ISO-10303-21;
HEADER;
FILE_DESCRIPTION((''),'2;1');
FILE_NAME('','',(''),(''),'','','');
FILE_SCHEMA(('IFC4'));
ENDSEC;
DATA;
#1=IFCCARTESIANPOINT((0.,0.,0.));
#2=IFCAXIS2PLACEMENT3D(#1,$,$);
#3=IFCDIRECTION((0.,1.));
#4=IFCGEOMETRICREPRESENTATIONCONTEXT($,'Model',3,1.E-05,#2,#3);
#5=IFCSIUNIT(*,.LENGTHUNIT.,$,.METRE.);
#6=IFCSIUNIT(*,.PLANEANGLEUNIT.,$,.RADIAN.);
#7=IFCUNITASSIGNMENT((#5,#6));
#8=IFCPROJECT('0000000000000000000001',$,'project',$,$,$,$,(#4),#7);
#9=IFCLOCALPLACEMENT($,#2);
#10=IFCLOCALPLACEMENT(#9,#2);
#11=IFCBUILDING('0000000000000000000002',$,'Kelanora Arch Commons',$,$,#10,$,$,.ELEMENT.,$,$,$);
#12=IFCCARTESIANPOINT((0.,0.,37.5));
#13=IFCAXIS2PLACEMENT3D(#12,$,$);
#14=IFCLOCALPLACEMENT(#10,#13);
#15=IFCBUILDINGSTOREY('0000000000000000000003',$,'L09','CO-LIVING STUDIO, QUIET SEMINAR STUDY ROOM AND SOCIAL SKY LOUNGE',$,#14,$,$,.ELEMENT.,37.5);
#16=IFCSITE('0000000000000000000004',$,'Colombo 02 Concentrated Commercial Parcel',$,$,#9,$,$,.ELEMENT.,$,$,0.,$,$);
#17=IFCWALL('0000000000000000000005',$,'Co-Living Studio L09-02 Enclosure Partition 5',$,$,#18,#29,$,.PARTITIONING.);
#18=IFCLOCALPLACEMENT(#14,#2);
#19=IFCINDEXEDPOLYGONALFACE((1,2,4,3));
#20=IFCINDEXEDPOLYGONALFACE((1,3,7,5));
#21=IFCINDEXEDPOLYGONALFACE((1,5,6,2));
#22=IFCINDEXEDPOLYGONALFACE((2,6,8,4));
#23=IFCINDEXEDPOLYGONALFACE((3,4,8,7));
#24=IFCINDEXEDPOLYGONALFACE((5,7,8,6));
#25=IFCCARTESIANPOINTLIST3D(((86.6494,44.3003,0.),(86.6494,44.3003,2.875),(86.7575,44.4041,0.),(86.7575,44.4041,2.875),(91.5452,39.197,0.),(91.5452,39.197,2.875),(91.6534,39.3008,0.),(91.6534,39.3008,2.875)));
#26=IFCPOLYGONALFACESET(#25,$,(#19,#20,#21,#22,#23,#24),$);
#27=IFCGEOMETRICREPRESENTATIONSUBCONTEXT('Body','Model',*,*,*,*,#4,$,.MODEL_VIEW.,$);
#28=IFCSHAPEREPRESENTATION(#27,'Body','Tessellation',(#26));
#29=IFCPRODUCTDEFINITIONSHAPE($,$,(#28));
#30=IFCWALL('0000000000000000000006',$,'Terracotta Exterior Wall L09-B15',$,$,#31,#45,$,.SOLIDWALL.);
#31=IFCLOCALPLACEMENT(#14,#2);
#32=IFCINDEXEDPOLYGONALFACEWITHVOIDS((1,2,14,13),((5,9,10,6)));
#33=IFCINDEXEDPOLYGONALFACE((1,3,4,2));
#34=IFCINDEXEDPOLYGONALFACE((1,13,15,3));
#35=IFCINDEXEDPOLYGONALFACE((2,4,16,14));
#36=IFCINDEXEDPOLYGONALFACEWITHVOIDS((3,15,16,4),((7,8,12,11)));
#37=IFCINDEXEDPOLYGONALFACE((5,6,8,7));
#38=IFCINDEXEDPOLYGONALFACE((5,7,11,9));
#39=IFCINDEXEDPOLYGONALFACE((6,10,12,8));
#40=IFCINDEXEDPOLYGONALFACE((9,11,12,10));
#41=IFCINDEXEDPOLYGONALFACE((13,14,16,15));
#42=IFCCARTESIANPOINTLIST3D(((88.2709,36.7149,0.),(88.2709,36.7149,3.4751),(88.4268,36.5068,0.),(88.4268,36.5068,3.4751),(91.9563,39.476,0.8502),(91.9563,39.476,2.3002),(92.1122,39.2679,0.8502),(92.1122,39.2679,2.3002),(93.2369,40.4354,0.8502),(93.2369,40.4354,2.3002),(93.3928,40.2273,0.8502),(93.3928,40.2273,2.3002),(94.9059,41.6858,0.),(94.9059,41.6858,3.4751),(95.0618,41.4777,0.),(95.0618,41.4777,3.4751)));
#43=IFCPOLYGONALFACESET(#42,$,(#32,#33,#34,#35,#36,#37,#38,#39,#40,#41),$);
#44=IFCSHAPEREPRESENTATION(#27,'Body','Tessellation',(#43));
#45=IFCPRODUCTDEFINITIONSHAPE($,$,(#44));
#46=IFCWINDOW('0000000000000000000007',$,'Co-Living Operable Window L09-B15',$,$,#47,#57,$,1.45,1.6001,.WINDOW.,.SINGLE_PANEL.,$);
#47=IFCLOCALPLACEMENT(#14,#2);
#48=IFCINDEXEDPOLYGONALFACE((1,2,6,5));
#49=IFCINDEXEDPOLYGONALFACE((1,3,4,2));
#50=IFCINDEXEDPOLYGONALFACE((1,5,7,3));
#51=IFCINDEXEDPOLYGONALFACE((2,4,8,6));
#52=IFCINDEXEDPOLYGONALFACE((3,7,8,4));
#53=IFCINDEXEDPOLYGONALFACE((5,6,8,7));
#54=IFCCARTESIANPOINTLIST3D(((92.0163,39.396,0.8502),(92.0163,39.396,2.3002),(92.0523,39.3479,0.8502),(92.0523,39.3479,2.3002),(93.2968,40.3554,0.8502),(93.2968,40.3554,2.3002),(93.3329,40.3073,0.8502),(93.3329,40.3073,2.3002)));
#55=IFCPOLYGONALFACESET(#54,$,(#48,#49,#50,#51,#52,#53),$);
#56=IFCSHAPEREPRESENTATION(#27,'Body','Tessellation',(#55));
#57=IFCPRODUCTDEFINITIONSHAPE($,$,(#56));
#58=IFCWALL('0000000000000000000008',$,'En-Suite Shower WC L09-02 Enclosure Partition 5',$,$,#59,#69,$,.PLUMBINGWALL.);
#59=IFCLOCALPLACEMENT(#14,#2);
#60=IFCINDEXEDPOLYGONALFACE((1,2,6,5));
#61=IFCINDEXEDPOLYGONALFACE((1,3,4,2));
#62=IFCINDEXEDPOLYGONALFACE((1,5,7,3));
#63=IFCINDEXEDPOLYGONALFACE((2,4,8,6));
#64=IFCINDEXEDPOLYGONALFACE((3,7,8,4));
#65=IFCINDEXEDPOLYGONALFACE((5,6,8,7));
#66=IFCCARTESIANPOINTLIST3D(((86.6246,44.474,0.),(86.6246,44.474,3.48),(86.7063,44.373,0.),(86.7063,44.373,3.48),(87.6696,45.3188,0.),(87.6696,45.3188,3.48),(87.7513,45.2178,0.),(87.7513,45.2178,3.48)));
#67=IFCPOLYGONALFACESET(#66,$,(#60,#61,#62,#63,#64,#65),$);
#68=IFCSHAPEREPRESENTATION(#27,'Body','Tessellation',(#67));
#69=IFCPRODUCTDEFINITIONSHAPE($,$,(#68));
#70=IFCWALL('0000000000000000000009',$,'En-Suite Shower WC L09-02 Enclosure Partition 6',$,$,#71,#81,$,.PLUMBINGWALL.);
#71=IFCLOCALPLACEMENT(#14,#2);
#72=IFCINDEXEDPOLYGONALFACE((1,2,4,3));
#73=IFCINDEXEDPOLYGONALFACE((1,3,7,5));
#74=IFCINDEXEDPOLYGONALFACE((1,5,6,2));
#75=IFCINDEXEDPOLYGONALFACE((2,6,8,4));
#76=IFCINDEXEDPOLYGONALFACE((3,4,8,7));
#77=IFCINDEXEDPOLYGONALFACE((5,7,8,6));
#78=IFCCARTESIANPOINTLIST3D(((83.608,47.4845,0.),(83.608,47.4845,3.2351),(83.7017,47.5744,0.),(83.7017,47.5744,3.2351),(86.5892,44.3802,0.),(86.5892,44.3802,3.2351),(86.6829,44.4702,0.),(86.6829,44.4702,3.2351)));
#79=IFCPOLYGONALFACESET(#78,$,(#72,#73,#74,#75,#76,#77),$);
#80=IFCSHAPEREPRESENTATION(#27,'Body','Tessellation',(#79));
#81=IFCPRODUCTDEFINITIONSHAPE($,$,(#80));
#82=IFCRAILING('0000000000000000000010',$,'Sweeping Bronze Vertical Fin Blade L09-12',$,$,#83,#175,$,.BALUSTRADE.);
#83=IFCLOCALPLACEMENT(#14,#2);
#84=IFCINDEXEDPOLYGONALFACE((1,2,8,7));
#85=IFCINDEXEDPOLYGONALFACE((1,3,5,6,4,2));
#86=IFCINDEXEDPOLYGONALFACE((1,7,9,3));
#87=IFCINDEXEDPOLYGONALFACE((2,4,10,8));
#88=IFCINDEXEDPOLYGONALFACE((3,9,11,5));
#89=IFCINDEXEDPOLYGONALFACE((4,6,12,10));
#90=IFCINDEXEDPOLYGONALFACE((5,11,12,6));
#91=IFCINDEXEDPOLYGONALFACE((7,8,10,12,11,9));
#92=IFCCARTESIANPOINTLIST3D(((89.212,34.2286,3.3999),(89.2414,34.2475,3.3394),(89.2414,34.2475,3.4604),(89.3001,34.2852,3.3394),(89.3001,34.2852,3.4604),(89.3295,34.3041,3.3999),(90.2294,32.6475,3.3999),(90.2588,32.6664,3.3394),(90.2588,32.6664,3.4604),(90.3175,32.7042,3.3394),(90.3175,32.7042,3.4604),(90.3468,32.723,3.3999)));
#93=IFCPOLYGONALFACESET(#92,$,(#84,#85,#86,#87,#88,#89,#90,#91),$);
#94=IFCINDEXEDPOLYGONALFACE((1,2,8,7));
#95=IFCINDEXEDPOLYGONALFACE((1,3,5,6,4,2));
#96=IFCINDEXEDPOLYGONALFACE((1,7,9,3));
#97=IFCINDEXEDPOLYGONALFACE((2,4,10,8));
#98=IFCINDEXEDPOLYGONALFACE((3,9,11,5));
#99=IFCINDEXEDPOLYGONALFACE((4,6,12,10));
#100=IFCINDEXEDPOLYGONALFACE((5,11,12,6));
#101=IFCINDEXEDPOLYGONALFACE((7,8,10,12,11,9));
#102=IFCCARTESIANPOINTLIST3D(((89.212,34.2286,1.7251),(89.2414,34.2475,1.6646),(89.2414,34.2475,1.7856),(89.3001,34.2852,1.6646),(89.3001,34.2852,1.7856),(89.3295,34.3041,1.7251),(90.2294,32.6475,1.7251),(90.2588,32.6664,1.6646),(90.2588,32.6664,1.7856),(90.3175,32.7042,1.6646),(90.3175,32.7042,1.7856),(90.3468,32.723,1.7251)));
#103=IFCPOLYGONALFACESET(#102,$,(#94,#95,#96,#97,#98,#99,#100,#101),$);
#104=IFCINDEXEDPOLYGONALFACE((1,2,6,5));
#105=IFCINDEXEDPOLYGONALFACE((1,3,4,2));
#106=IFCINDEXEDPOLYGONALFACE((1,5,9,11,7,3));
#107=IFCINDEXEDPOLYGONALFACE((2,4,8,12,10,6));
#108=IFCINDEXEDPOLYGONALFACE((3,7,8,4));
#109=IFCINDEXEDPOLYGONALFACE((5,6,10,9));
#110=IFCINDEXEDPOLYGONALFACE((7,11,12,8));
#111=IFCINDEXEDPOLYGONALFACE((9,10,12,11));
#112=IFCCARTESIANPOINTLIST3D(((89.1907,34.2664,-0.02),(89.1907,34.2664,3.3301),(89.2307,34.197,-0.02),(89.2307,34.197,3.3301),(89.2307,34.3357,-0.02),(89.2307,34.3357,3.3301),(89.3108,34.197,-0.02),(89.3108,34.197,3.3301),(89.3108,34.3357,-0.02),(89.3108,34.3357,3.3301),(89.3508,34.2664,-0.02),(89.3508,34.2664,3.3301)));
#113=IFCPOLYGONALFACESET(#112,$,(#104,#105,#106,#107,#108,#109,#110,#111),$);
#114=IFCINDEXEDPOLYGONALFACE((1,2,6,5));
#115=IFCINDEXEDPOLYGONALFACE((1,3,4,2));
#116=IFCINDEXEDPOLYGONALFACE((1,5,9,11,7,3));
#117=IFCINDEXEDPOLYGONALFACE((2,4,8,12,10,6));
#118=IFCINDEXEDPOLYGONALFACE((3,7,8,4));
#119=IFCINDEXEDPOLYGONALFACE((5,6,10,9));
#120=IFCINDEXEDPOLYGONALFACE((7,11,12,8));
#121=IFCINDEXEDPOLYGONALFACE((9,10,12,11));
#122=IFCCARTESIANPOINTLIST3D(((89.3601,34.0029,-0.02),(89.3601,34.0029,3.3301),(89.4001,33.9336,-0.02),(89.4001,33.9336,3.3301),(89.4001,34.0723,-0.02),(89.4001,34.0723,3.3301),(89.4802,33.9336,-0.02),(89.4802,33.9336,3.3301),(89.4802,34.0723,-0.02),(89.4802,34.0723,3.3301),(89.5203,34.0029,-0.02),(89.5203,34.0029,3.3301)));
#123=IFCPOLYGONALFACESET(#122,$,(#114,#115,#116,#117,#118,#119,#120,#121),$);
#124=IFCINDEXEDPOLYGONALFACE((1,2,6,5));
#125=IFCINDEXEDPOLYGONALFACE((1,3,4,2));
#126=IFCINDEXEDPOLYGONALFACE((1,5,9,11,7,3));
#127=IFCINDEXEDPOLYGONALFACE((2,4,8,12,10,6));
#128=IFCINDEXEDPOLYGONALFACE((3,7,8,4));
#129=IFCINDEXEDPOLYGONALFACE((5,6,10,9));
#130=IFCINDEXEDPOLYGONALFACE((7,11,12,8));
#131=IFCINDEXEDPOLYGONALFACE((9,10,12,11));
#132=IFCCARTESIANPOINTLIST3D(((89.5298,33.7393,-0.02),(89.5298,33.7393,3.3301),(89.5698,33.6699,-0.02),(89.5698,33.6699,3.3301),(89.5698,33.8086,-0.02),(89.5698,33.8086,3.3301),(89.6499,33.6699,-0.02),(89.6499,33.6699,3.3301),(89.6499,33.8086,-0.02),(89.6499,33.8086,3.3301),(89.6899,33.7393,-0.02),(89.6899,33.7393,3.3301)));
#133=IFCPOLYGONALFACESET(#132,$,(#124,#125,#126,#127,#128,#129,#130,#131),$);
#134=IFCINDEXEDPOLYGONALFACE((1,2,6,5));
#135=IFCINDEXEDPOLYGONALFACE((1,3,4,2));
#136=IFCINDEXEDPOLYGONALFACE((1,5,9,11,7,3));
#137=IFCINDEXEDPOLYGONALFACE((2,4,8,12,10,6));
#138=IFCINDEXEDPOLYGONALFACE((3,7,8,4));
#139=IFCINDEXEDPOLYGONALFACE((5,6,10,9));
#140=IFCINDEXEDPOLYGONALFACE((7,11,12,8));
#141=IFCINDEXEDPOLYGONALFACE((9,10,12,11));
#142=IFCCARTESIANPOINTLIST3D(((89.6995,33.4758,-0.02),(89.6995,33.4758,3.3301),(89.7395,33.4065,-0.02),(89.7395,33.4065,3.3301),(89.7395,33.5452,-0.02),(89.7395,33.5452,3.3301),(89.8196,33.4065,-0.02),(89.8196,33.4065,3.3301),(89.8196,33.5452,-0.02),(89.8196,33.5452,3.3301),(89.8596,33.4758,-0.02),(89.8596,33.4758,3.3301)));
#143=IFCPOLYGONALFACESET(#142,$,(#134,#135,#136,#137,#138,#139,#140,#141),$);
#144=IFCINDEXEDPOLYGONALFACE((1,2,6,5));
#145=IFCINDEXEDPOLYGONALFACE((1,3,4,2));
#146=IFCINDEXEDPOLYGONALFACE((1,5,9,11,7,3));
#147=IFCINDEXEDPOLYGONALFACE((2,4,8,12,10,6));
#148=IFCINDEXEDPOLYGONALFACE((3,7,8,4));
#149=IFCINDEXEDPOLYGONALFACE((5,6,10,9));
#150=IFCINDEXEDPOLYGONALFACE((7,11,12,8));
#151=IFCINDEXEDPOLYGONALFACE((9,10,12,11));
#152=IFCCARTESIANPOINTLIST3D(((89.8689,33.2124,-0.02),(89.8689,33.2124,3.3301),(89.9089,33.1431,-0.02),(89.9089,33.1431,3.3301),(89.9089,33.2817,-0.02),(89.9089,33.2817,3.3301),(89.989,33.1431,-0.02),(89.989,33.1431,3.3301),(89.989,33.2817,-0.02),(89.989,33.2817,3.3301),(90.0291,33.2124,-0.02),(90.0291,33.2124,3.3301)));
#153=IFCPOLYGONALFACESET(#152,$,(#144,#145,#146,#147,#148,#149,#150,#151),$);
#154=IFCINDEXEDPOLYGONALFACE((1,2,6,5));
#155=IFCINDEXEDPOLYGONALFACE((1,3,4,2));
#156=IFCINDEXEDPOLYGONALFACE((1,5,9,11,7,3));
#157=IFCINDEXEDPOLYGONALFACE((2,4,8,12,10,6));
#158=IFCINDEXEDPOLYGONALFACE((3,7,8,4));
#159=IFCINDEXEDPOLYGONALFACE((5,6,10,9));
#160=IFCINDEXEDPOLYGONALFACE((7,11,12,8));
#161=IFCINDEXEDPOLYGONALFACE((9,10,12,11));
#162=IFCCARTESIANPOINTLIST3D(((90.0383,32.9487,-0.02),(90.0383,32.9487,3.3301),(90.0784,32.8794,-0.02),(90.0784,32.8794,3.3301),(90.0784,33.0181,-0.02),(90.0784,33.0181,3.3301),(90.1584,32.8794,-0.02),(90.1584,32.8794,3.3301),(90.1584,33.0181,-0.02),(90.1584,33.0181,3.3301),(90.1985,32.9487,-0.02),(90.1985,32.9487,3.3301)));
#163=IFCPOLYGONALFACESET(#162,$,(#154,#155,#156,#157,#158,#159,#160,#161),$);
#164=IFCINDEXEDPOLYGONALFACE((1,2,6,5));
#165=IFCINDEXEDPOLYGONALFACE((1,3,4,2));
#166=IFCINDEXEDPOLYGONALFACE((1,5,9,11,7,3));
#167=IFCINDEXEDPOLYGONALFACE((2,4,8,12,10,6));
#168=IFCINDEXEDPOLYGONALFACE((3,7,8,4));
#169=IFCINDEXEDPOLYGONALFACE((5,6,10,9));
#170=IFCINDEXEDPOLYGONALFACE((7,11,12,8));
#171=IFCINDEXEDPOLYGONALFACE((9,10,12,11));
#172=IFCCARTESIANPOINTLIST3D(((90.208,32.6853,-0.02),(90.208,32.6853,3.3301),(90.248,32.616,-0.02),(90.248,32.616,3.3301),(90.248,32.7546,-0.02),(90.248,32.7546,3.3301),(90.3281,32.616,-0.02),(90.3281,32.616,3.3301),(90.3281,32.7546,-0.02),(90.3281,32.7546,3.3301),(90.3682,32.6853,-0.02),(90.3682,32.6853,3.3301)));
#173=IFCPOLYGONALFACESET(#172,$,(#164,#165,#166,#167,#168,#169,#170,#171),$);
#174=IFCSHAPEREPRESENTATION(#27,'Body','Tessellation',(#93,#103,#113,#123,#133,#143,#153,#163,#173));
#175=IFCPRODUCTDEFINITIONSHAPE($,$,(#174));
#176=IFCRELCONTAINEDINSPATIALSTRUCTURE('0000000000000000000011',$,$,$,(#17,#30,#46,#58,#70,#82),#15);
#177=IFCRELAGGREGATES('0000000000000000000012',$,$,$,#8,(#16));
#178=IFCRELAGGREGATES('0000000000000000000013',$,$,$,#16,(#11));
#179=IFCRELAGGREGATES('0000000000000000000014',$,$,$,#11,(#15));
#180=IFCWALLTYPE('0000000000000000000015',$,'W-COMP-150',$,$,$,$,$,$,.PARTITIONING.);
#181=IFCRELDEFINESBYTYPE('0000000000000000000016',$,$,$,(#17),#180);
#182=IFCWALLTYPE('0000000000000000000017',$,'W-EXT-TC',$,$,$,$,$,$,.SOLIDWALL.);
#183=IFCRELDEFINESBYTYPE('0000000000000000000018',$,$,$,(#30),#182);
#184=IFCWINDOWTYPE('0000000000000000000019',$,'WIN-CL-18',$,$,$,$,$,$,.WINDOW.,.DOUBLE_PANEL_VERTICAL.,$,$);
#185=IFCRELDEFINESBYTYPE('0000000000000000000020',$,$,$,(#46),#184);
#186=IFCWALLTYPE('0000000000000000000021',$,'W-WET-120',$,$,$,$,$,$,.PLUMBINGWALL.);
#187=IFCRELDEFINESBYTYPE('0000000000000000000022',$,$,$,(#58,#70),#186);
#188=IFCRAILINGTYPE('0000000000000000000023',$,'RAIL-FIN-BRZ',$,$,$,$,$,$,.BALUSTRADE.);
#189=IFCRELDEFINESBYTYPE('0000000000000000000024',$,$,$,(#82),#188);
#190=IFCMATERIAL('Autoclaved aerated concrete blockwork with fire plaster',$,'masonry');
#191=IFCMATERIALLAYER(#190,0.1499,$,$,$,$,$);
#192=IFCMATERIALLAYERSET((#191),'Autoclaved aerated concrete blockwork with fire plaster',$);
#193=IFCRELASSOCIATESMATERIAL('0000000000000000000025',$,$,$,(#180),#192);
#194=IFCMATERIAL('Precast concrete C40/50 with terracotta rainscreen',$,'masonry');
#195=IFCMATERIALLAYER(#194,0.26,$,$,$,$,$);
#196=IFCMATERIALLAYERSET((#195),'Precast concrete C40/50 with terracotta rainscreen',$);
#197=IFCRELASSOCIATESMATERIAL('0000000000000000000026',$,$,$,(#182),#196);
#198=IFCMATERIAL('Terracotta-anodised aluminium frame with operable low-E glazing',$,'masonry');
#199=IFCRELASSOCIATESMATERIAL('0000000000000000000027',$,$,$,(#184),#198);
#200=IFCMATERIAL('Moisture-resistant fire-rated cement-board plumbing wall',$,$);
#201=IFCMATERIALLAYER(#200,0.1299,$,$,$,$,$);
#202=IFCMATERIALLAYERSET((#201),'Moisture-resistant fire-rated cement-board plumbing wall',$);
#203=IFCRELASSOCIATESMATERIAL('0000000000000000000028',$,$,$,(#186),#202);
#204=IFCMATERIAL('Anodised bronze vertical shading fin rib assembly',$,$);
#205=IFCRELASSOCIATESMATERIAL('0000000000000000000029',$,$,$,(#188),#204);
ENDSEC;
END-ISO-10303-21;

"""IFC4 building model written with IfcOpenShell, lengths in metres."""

from ifc_helpers import new_model, si_unit, direction, frame, frame_2d, origin, place, context, subcontext, project, spatial, polyline, rectangle, outline, extrude, material, layer, layer_set, type_object, element, fill, save


model = new_model("IFC4")

# Units and contexts
model_context = context("Model", 3, precision=1e-05, world=origin(), true_north=direction((0.0, 1.0)))
body_context = subcontext(model_context, "Body", "Model", "MODEL_VIEW")
ifc_project = project(units=[si_unit("LENGTHUNIT", "METRE"), si_unit("PLANEANGLEUNIT", "RADIAN")], contexts=[model_context])

# Site, building, storey
site_placement = place(None, origin())
site = spatial("IfcSite", under=ifc_project, at=site_placement, Name="Colombo 02 Concentrated Commercial Parcel", CompositionType="ELEMENT", RefElevation=0.0)
building_placement = place(site_placement, origin())
building = spatial("IfcBuilding", under=site, at=building_placement, Name="Kelanora Arch Commons", CompositionType="ELEMENT")
storey_placement = place(building_placement, frame((0.0, 0.0, 37.5)))
storey = spatial("IfcBuildingStorey", under=building, at=storey_placement, Name="L09", Description="CO-LIVING STUDIO, QUIET SEMINAR STUDY ROOM AND SOCIAL SKY LOUNGE", CompositionType="ELEMENT", Elevation=37.5)

# Wall
ifc_material_1 = material(Name="Autoclaved aerated concrete blockwork with fire plaster", Category="masonry")
ifc_layer_1 = layer(ifc_material_1, 0.1499)
ifc_layer_set_1 = layer_set([ifc_layer_1], Name="Autoclaved aerated concrete blockwork with fire plaster")
wall_type_1 = type_object("IfcWallType", Name="W-COMP-150", PredefinedType="PARTITIONING", material=ifc_layer_set_1)
wall_1_placement = place(storey_placement, frame((91.5994, 39.2488, 0.0), z_axis=(0.0, 0.0, 1.0), x_axis=(-0.692282, 0.721627, 0.0)))
element("IfcWall", 1, at=wall_1_placement, inside=storey, type_object=wall_type_1, Name="Co-Living Studio L09-02 Enclosure Partition 5", PredefinedType="PARTITIONING", context=body_context, shape_type="SweptSolid", body=[
    extrude(rectangle(XDim=7.072, YDim=0.1499, at=frame_2d((3.5361, 0.0))), origin(), (0.0, 0.0, 1.0), 2.875),
])

# Wall, opening, window
ifc_material_2 = material(Name="Precast concrete C40/50 with terracotta rainscreen", Category="masonry")
ifc_layer_2 = layer(ifc_material_2, 0.26)
ifc_layer_set_2 = layer_set([ifc_layer_2], Name="Precast concrete C40/50 with terracotta rainscreen")
wall_type_2 = type_object("IfcWallType", Name="W-EXT-TC", PredefinedType="SOLIDWALL", material=ifc_layer_set_2)
wall_2_placement = place(storey_placement, frame((88.3489, 36.6108, 0.0), z_axis=(0.0, 0.0, 1.0), x_axis=(0.800307, 0.59959, 0.0)))
wall_2 = element("IfcWall", 2, at=wall_2_placement, inside=storey, type_object=wall_type_2, Name="Terracotta Exterior Wall L09-B15", PredefinedType="SOLIDWALL", context=body_context, shape_type="SweptSolid", body=[
    extrude(rectangle(XDim=8.2905, YDim=0.26, at=frame_2d((4.1453, 0.0))), origin(), (0.0, 0.0, 1.0), 3.4751),
])
opening_placement = place(wall_2_placement, frame((4.605, 0.0, 0.8501)))
opening = element("IfcOpeningElement", 3, at=opening_placement, cuts=wall_2, PredefinedType="OPENING", context=body_context, shape_type="SweptSolid", body=[
    extrude(rectangle(XDim=1.6001, YDim=1.45, at=frame_2d((0.8, 0.7251))), frame((0.0, 0.1401, 0.0), z_axis=(0.0, -1.0, 0.0), x_axis=(1.0, 0.0, 0.0)), (0.0, 0.0, 1.0), 0.28),
])
ifc_material_3 = material(Name="Terracotta-anodised aluminium frame with operable low-E glazing", Category="masonry")
window_type = type_object("IfcWindowType", Name="WIN-CL-18", PartitioningType="DOUBLE_PANEL_VERTICAL", PredefinedType="WINDOW", material=ifc_material_3)
window_placement = place(opening_placement, origin())
window = element("IfcWindow", 4, at=window_placement, inside=storey, type_object=window_type, Name="Co-Living Operable Window L09-B15", OverallHeight=1.45, OverallWidth=1.6001, PartitioningType="SINGLE_PANEL", PredefinedType="WINDOW", context=body_context, shape_type="SweptSolid", body=[
    extrude(rectangle(XDim=1.6001, YDim=1.45, at=frame_2d((0.8, 0.7251))), frame((0.0, 0.03, 0.0), z_axis=(0.0, -1.0, 0.0), x_axis=(1.0, 0.0, 0.0)), (0.0, 0.0, 1.0), 0.0601),
])
fill(opening, window)

# Walls
ifc_material_4 = material(Name="Moisture-resistant fire-rated cement-board plumbing wall")
ifc_layer_3 = layer(ifc_material_4, 0.1299)
ifc_layer_set_3 = layer_set([ifc_layer_3], Name="Moisture-resistant fire-rated cement-board plumbing wall")
wall_type_3 = type_object("IfcWallType", Name="W-WET-120", PredefinedType="PLUMBINGWALL", material=ifc_layer_set_3)
wall_3_placement = place(storey_placement, frame((87.7104, 45.2683, 0.0), z_axis=(0.0, 0.0, 1.0), x_axis=(-0.777668, -0.628675, 0.0)))
element("IfcWall", 5, at=wall_3_placement, inside=storey, type_object=wall_type_3, Name="En-Suite Shower WC L09-02 Enclosure Partition 5", PredefinedType="PLUMBINGWALL", context=body_context, shape_type="SweptSolid", body=[
    extrude(rectangle(XDim=1.3438, YDim=0.1299, at=frame_2d((0.6719, 0.0))), origin(), (0.0, 0.0, 1.0), 3.48),
])
wall_4_placement = place(storey_placement, frame((86.636, 44.4253, 0.0), z_axis=(0.0, 0.0, 1.0), x_axis=(-0.692668, 0.721257, 0.0)))
element("IfcWall", 6, at=wall_4_placement, inside=storey, type_object=wall_type_3, Name="En-Suite Shower WC L09-02 Enclosure Partition 6", PredefinedType="PLUMBINGWALL", context=body_context, shape_type="SweptSolid", body=[
    extrude(rectangle(XDim=4.304, YDim=0.1299, at=frame_2d((2.1519, 0.0))), origin(), (0.0, 0.0, 1.0), 3.2351),
])

# Railing
ifc_material_5 = material(Name="Anodised bronze vertical shading fin rib assembly")
railing_type = type_object("IfcRailingType", Name="RAIL-FIN-BRZ", PredefinedType="BALUSTRADE", material=ifc_material_5)
railing_1_placement = place(storey_placement, frame((89.2708, 34.2664, -0.02)))
element("IfcRailing", 7, at=railing_1_placement, inside=storey, type_object=railing_type, Name="Sweeping Bronze Vertical Fin Blade L09-12", PredefinedType="BALUSTRADE", context=body_context, shape_type="SweptSolid", body=[
    extrude(outline(polyline([(0.0698, 0.0), (0.0349, 0.0605), (-0.0349, 0.0605), (-0.0698, 0.0), (-0.0349, -0.0605), (0.0349, -0.0605), (0.0698, 0.0)])), frame((0.0, 0.0, 3.4199), z_axis=(0.541112, -0.840951, 0.0), x_axis=(0.840951, 0.541112, 0.0)), (0.0, 0.0, 1.0), 1.8801),
    extrude(outline(polyline([(0.0698, 0.0), (0.0349, 0.0605), (-0.0349, 0.0605), (-0.0698, 0.0), (-0.0349, -0.0605), (0.0349, -0.0605), (0.0698, 0.0)])), frame((0.0, 0.0, 1.7451), z_axis=(0.541112, -0.840951, 0.0), x_axis=(0.840951, 0.541112, 0.0)), (0.0, 0.0, 1.0), 1.8801),
    extrude(outline(polyline([(0.0801, 0.0), (0.04, 0.0693), (-0.04, 0.0693), (-0.0801, 0.0), (-0.04, -0.0693), (0.04, -0.0693), (0.0801, 0.0)])), origin(), (0.0, 0.0, 1.0), 3.3501),
    extrude(outline(polyline([(0.0801, 0.0), (0.04, 0.0693), (-0.04, 0.0693), (-0.0801, 0.0), (-0.04, -0.0693), (0.04, -0.0693), (0.0801, 0.0)])), frame((0.1694, -0.2634, 0.0)), (0.0, 0.0, 1.0), 3.3501),
    extrude(outline(polyline([(0.0801, 0.0), (0.04, 0.0693), (-0.04, 0.0693), (-0.0801, 0.0), (-0.04, -0.0693), (0.04, -0.0693), (0.0801, 0.0)])), frame((0.3391, -0.5271, 0.0)), (0.0, 0.0, 1.0), 3.3501),
    extrude(outline(polyline([(0.0801, 0.0), (0.04, 0.0693), (-0.04, 0.0693), (-0.0801, 0.0), (-0.04, -0.0693), (0.04, -0.0693), (0.0801, 0.0)])), frame((0.5088, -0.7905, 0.0)), (0.0, 0.0, 1.0), 3.3501),
    extrude(outline(polyline([(0.0801, 0.0), (0.04, 0.0693), (-0.04, 0.0693), (-0.0801, 0.0), (-0.04, -0.0693), (0.04, -0.0693), (0.0801, 0.0)])), frame((0.6782, -1.054, 0.0)), (0.0, 0.0, 1.0), 3.3501),
    extrude(outline(polyline([(0.0801, 0.0), (0.04, 0.0693), (-0.04, 0.0693), (-0.0801, 0.0), (-0.04, -0.0693), (0.04, -0.0693), (0.0801, 0.0)])), frame((0.8477, -1.3176, 0.0)), (0.0, 0.0, 1.0), 3.3501),
    extrude(outline(polyline([(0.0801, 0.0), (0.04, 0.0693), (-0.04, 0.0693), (-0.0801, 0.0), (-0.04, -0.0693), (0.04, -0.0693), (0.0801, 0.0)])), frame((1.0173, -1.5811, 0.0)), (0.0, 0.0, 1.0), 3.3501),
])

save(model, "model.ifc")
